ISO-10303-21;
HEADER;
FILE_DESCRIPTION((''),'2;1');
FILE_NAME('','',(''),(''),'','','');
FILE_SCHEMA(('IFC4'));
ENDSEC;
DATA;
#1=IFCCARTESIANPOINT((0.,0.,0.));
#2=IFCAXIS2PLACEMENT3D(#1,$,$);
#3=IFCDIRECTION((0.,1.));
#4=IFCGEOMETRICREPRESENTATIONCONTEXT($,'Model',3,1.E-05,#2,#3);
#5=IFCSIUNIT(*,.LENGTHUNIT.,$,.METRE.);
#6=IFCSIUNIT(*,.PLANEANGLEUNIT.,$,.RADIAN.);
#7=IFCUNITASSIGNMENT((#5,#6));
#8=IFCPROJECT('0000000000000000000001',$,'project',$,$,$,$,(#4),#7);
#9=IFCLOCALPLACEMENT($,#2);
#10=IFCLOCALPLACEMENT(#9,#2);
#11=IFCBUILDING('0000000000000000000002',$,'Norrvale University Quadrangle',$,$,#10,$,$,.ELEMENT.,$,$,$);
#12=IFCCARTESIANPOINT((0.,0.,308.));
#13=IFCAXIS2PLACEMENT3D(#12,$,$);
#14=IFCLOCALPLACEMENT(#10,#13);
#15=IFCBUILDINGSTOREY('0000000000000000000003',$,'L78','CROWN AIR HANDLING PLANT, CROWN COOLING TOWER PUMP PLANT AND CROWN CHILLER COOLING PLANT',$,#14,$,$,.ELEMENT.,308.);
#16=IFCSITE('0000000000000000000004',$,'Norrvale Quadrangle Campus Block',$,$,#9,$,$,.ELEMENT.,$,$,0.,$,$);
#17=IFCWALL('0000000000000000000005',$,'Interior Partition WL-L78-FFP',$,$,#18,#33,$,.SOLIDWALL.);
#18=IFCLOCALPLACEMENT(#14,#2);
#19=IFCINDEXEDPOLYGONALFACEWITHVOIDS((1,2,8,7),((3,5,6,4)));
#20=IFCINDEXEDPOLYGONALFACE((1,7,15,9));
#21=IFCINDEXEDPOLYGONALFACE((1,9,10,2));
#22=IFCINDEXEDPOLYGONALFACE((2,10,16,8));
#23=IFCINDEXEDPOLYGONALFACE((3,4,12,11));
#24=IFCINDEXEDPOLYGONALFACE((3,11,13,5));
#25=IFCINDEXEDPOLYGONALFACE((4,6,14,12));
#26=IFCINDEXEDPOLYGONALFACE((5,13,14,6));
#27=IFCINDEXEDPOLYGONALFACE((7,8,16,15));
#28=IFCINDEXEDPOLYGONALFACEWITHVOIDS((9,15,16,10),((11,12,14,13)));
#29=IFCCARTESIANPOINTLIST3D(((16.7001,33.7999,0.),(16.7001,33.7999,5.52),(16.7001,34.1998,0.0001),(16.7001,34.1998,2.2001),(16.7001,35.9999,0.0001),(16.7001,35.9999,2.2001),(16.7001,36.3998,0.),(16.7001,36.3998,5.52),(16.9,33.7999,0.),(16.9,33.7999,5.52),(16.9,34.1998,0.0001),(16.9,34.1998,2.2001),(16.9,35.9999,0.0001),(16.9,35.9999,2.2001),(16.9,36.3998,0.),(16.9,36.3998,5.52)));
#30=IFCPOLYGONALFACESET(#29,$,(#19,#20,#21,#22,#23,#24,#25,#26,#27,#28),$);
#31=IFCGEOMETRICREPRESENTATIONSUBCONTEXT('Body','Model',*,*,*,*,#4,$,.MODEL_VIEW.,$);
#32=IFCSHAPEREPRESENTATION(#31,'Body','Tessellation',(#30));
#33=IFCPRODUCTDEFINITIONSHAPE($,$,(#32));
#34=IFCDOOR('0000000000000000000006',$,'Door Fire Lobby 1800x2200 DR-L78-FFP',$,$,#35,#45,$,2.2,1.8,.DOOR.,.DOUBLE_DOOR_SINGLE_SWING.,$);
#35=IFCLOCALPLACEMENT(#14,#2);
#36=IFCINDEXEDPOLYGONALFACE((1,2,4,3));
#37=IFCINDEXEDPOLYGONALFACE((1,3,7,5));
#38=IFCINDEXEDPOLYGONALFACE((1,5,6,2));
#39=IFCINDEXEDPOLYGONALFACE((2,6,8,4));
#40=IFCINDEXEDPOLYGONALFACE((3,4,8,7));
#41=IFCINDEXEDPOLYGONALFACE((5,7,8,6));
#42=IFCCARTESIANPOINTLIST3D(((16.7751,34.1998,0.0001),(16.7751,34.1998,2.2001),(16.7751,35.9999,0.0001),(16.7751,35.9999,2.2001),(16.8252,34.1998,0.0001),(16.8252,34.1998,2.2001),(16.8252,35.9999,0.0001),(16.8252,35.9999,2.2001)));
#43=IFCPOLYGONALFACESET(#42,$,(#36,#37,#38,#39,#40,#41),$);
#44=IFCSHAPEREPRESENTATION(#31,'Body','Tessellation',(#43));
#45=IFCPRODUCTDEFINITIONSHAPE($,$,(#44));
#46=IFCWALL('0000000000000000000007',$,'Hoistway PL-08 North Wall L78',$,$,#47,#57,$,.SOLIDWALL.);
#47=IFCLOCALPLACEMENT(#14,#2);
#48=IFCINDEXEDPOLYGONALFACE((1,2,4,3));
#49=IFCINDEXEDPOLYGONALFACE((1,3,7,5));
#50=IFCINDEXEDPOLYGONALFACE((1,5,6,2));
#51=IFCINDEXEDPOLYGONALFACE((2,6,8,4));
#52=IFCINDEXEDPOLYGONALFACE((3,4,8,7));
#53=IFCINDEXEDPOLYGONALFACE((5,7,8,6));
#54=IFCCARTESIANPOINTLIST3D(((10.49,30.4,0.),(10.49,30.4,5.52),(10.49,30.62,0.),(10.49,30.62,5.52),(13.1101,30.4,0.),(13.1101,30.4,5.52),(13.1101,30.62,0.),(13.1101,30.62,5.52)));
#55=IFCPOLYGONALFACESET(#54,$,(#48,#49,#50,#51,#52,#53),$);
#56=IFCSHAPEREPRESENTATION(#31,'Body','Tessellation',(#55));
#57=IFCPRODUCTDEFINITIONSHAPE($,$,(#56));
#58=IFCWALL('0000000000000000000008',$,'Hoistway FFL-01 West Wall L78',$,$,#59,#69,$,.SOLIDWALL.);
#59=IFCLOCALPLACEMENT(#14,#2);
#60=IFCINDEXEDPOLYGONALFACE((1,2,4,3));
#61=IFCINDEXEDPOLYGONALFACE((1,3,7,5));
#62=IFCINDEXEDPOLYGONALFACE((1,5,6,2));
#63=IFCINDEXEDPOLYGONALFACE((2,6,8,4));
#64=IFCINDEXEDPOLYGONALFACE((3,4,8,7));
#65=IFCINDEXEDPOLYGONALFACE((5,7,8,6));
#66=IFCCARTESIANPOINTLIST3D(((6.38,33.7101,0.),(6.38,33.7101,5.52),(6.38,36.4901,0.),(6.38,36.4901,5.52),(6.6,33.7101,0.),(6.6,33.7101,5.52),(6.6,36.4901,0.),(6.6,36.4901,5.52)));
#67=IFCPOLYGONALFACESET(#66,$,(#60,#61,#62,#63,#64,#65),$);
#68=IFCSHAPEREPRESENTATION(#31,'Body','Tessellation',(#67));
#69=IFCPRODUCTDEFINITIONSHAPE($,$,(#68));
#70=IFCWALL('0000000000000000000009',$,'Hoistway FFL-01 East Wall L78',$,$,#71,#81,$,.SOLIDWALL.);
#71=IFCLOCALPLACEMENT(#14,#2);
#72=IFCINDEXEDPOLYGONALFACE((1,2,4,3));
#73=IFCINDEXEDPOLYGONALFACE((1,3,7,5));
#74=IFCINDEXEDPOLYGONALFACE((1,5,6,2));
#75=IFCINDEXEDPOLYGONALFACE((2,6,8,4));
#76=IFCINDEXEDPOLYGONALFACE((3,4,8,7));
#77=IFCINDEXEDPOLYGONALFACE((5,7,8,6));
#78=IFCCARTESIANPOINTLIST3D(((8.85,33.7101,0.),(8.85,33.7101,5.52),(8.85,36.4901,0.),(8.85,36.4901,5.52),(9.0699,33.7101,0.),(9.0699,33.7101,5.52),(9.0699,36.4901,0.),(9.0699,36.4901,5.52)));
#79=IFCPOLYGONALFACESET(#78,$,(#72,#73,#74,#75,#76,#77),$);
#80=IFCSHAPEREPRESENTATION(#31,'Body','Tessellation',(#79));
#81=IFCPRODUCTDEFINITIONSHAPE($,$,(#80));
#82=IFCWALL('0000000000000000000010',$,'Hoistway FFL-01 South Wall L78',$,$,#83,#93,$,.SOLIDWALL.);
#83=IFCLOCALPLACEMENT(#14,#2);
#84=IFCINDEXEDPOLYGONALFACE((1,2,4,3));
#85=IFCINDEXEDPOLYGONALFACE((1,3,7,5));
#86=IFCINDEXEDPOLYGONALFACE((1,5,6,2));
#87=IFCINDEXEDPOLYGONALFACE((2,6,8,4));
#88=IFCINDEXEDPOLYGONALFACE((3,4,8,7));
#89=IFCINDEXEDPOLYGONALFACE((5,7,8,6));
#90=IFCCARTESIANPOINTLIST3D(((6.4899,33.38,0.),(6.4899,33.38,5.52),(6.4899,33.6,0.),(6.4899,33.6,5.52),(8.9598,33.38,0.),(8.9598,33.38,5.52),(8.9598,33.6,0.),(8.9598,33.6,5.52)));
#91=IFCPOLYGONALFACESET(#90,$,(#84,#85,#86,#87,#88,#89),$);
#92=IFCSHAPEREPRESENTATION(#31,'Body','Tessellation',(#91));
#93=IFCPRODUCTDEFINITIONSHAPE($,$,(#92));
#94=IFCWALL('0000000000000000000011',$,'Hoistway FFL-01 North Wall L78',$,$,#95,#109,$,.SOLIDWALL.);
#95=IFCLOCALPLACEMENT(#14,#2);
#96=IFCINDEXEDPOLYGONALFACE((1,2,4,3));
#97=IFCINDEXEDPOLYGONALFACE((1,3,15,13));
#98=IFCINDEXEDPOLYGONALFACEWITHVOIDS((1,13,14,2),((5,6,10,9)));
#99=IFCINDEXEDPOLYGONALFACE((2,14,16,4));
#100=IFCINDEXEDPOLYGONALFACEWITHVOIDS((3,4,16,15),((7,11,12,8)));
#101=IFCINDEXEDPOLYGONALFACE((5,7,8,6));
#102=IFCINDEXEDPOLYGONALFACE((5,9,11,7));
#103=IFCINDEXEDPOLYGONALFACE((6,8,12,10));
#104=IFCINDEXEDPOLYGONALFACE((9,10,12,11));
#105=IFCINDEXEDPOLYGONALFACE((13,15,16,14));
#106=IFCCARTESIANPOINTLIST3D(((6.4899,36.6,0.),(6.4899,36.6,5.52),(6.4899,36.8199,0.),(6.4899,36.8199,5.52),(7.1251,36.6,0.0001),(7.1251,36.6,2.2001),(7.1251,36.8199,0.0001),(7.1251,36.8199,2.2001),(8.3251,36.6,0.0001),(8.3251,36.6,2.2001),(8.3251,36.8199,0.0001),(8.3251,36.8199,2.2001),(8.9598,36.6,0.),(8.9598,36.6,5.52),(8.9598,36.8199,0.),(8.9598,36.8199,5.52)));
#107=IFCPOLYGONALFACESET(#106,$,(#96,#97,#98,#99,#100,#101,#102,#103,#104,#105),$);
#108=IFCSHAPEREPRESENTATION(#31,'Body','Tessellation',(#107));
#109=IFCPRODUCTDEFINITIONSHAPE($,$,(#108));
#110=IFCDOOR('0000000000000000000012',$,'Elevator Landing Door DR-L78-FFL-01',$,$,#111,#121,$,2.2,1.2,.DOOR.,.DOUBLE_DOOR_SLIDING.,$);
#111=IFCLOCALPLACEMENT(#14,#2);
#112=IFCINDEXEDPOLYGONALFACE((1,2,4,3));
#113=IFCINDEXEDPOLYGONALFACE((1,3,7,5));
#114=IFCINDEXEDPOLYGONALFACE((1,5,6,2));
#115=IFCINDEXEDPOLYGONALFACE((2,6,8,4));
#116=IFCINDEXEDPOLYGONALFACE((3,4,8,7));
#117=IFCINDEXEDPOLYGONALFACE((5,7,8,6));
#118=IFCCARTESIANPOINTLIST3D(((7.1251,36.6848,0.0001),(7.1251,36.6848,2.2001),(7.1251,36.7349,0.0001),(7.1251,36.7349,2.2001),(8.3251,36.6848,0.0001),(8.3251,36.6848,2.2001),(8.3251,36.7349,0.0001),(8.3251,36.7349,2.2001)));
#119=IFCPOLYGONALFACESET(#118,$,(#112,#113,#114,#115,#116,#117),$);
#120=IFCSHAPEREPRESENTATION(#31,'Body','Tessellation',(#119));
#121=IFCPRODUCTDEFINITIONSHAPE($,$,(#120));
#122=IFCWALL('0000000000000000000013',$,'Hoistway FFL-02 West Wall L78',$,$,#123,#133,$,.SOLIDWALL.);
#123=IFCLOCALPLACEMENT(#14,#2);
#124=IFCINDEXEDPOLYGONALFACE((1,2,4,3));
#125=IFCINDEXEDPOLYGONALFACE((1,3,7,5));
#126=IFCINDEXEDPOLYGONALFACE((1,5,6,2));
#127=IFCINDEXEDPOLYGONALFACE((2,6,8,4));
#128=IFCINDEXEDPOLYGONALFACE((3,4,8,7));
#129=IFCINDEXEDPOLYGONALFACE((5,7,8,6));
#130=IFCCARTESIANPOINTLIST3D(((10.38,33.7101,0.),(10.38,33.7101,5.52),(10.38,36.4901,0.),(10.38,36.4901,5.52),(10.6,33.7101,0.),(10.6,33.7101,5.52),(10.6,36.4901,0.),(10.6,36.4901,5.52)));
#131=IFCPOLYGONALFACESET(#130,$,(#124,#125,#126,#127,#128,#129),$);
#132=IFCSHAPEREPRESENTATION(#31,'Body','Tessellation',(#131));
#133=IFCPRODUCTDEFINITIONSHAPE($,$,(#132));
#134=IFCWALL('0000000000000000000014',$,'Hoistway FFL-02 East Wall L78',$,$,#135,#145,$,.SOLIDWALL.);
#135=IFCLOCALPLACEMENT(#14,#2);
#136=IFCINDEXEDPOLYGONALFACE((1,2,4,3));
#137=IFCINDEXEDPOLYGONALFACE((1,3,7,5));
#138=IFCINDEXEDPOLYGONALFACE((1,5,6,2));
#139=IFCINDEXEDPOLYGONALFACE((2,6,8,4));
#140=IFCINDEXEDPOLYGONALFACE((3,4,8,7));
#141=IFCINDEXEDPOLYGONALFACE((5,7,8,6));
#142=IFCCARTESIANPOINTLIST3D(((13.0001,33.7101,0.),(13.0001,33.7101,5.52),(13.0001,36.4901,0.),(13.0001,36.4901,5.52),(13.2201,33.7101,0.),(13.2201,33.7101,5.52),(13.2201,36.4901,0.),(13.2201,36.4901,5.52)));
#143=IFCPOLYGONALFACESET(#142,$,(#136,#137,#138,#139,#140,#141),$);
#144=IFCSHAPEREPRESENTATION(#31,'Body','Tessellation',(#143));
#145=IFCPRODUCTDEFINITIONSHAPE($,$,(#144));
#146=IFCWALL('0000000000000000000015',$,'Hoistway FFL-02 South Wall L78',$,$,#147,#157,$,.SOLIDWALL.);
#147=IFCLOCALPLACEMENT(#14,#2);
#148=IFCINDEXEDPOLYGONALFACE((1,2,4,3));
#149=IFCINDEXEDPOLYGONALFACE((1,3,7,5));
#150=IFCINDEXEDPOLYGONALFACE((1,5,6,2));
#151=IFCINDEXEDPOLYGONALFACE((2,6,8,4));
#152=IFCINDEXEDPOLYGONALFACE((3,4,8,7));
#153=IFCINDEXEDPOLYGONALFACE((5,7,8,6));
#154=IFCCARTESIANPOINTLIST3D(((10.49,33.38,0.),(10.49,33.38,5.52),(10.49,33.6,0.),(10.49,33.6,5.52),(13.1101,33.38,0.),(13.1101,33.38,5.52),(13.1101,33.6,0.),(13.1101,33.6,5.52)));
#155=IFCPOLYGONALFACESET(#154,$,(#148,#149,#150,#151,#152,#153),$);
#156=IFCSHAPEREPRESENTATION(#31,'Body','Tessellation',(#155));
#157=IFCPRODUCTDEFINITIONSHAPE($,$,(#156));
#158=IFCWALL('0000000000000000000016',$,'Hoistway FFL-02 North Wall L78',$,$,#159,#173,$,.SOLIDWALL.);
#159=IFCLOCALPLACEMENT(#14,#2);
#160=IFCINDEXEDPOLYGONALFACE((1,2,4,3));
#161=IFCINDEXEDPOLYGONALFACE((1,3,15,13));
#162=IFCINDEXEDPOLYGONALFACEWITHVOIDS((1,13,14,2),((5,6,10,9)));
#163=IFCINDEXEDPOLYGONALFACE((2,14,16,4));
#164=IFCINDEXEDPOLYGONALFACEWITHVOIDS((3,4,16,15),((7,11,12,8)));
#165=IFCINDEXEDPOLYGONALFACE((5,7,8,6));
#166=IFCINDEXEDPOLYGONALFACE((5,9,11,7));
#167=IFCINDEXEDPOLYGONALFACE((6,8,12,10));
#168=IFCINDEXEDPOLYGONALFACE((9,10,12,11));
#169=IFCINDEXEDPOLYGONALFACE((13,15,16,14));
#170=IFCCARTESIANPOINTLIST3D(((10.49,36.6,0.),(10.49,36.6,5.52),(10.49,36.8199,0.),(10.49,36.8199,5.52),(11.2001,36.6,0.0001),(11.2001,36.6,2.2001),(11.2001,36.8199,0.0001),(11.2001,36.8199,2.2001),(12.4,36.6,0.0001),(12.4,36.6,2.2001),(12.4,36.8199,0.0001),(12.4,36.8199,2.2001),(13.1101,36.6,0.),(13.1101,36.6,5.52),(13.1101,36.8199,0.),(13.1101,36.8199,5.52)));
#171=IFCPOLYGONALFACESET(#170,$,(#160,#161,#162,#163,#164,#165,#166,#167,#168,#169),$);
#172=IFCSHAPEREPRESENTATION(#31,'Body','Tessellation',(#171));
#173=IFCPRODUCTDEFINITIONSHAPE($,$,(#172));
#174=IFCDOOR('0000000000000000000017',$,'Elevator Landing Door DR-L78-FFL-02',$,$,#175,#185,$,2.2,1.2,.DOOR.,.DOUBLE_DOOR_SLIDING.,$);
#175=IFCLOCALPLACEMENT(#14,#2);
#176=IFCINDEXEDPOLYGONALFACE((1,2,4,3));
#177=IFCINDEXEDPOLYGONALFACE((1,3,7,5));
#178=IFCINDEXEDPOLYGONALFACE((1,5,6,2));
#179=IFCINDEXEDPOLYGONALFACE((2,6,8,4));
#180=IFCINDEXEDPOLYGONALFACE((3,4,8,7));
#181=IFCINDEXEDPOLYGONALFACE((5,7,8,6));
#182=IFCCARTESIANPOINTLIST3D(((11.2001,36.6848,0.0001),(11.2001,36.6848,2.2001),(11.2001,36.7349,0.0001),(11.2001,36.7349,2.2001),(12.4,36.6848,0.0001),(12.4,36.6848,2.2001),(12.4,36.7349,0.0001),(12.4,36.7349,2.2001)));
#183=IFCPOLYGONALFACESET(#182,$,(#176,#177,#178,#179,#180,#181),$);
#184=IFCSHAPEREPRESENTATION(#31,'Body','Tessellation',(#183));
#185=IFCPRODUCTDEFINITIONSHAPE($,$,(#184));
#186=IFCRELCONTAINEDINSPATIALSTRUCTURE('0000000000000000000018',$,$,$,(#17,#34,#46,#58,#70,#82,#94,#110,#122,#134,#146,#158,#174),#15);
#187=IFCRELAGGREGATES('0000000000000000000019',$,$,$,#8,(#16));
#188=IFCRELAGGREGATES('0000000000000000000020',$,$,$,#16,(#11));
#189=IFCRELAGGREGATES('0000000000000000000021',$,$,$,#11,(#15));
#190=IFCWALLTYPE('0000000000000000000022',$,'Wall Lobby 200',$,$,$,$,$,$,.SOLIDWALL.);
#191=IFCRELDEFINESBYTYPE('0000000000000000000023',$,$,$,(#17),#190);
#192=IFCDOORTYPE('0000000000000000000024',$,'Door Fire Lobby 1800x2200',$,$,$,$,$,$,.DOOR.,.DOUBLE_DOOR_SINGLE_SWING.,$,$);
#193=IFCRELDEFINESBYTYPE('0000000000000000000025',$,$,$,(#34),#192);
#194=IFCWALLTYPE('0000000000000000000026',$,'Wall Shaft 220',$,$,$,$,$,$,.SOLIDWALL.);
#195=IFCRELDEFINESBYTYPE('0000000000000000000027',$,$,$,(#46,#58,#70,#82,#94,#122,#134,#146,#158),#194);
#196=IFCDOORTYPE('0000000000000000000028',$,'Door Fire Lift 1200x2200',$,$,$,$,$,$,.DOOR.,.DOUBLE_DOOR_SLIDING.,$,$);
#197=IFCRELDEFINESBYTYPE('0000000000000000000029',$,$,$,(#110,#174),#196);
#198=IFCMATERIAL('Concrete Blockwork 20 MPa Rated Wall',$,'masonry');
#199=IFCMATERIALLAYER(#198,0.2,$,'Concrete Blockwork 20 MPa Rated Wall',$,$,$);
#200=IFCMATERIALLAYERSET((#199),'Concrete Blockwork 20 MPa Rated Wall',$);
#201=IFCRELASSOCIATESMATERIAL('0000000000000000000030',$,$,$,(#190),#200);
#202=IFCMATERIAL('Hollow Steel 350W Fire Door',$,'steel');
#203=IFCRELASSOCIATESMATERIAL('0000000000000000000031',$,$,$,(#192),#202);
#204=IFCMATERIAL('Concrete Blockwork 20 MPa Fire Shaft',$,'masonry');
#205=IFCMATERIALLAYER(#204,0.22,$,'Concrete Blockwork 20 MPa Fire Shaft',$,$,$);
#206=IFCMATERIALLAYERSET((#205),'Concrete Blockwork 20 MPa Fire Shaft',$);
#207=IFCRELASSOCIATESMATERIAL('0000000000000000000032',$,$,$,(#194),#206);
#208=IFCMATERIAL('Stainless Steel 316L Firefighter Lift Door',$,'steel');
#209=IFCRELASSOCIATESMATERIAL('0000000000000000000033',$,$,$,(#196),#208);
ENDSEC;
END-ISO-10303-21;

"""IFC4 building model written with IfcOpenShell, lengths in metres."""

from ifc_helpers import new_model, si_unit, direction, frame, frame_2d, origin, place, context, subcontext, project, spatial, rectangle, extrude, material, layer, layer_set, type_object, element, fill, save


model = new_model("IFC4")

# Units and contexts
model_context = context("Model", 3, precision=1e-05, world=origin(), true_north=direction((0.0, 1.0)))
body_context = subcontext(model_context, "Body", "Model", "MODEL_VIEW")
ifc_project = project(units=[si_unit("LENGTHUNIT", "METRE"), si_unit("PLANEANGLEUNIT", "RADIAN")], contexts=[model_context])

# Site, building, storey
site_placement = place(None, origin())
site = spatial("IfcSite", under=ifc_project, at=site_placement, Name="Norrvale Quadrangle Campus Block", CompositionType="ELEMENT", RefElevation=0.0)
building_placement = place(site_placement, origin())
building = spatial("IfcBuilding", under=site, at=building_placement, Name="Norrvale University Quadrangle", CompositionType="ELEMENT")
storey_placement = place(building_placement, frame((0.0, 0.0, 308.0)))
storey = spatial("IfcBuildingStorey", under=building, at=storey_placement, Name="L78", Description="CROWN AIR HANDLING PLANT, CROWN COOLING TOWER PUMP PLANT AND CROWN CHILLER COOLING PLANT", CompositionType="ELEMENT", Elevation=308.0)

# Shared definitions
ifc_material_1 = material(Name="Concrete Blockwork 20 MPa Rated Wall", Category="masonry")
ifc_layer_1 = layer(ifc_material_1, 0.2, Name="Concrete Blockwork 20 MPa Rated Wall")
ifc_layer_set_1 = layer_set([ifc_layer_1], Name="Concrete Blockwork 20 MPa Rated Wall")
wall_type_1 = type_object("IfcWallType", Name="Wall Lobby 200", PredefinedType="SOLIDWALL", material=ifc_layer_set_1)

# Wall, opening, door
wall_1_placement = place(storey_placement, frame((16.8, 33.8, 0.0), z_axis=(0.0, 0.0, 1.0), x_axis=(0.0, 1.0, 0.0)))
wall_1 = element("IfcWall", 1, at=wall_1_placement, inside=storey, type_object=wall_type_1, Name="Interior Partition WL-L78-FFP", PredefinedType="SOLIDWALL", context=body_context, shape_type="SweptSolid", body=[
    extrude(rectangle(XDim=2.5999, YDim=0.2, at=frame_2d((1.2998, 0.0))), origin(), (0.0, 0.0, 1.0), 5.52),
])
opening_1_placement = place(wall_1_placement, frame((0.3999, 0.0, 0.0)))
opening_1 = element("IfcOpeningElement", 2, at=opening_1_placement, cuts=wall_1, PredefinedType="OPENING", context=body_context, shape_type="SweptSolid", body=[
    extrude(rectangle(XDim=1.8, YDim=2.2, at=frame_2d((0.8999, 1.1001))), frame((0.0, 0.1121, 0.0), z_axis=(0.0, -1.0, 0.0), x_axis=(1.0, 0.0, 0.0)), (0.0, 0.0, 1.0), 0.2239),
])
ifc_material_2 = material(Name="Hollow Steel 350W Fire Door", Category="steel")
door_type_1 = type_object("IfcDoorType", Name="Door Fire Lobby 1800x2200", OperationType="DOUBLE_DOOR_SINGLE_SWING", PredefinedType="DOOR", material=ifc_material_2)
door_1_placement = place(opening_1_placement, origin())
door_1 = element("IfcDoor", 3, at=door_1_placement, inside=storey, type_object=door_type_1, Name="Door Fire Lobby 1800x2200 DR-L78-FFP", OperationType="DOUBLE_DOOR_SINGLE_SWING", OverallHeight=2.2, OverallWidth=1.8, PredefinedType="DOOR", context=body_context, shape_type="SweptSolid", body=[
    extrude(rectangle(XDim=1.8, YDim=2.2, at=frame_2d((0.8999, 1.1001))), frame((0.0, 0.0249, 0.0), z_axis=(0.0, -1.0, 0.0), x_axis=(1.0, 0.0, 0.0)), (0.0, 0.0, 1.0), 0.05),
])
fill(opening_1, door_1)

# Walls
ifc_material_3 = material(Name="Concrete Blockwork 20 MPa Fire Shaft", Category="masonry")
ifc_layer_2 = layer(ifc_material_3, 0.22, Name="Concrete Blockwork 20 MPa Fire Shaft")
ifc_layer_set_2 = layer_set([ifc_layer_2], Name="Concrete Blockwork 20 MPa Fire Shaft")
wall_type_2 = type_object("IfcWallType", Name="Wall Shaft 220", PredefinedType="SOLIDWALL", material=ifc_layer_set_2)
wall_2_placement = place(storey_placement, frame((10.49, 30.51, 0.0), z_axis=(0.0, 0.0, 1.0), x_axis=(1.0, 0.0, 0.0)))
element("IfcWall", 4, at=wall_2_placement, inside=storey, type_object=wall_type_2, Name="Hoistway PL-08 North Wall L78", PredefinedType="SOLIDWALL", context=body_context, shape_type="SweptSolid", body=[
    extrude(rectangle(XDim=2.6201, YDim=0.22, at=frame_2d((1.3101, 0.0))), origin(), (0.0, 0.0, 1.0), 5.52),
])
for number, where, z_axis, x_axis, name in (
    (5, (6.49, 33.71, 0.0), (0.0, 0.0, 1.0), (0.0, 1.0, 0.0), "Hoistway FFL-01 West Wall L78"),
    (6, (8.96, 33.71, 0.0), (0.0, 0.0, 1.0), (0.0, 1.0, 0.0), "Hoistway FFL-01 East Wall L78"),
):
    element("IfcWall", number, at=place(storey_placement, frame(where, z_axis=z_axis, x_axis=x_axis)), inside=storey, type_object=wall_type_2, Name=name, PredefinedType="SOLIDWALL", context=body_context, shape_type="SweptSolid", body=[
        extrude(rectangle(XDim=2.78, YDim=0.22, at=frame_2d((1.3901, 0.0))), origin(), (0.0, 0.0, 1.0), 5.52),
    ])
wall_3_placement = place(storey_placement, frame((6.49, 33.49, 0.0), z_axis=(0.0, 0.0, 1.0), x_axis=(1.0, 0.0, 0.0)))
element("IfcWall", 7, at=wall_3_placement, inside=storey, type_object=wall_type_2, Name="Hoistway FFL-01 South Wall L78", PredefinedType="SOLIDWALL", context=body_context, shape_type="SweptSolid", body=[
    extrude(rectangle(XDim=2.47, YDim=0.22, at=frame_2d((1.2349, 0.0))), origin(), (0.0, 0.0, 1.0), 5.52),
])

# Wall, opening, door
wall_4_placement = place(storey_placement, frame((6.49, 36.71, 0.0), z_axis=(0.0, 0.0, 1.0), x_axis=(1.0, 0.0, 0.0)))
wall_4 = element("IfcWall", 8, at=wall_4_placement, inside=storey, type_object=wall_type_2, Name="Hoistway FFL-01 North Wall L78", PredefinedType="SOLIDWALL", context=body_context, shape_type="SweptSolid", body=[
    extrude(rectangle(XDim=2.47, YDim=0.22, at=frame_2d((1.2349, 0.0))), origin(), (0.0, 0.0, 1.0), 5.52),
])
opening_2_placement = place(wall_4_placement, frame((0.635, 0.0, 0.0)))
opening_2 = element("IfcOpeningElement", 9, at=opening_2_placement, cuts=wall_4, PredefinedType="OPENING", context=body_context, shape_type="SweptSolid", body=[
    extrude(rectangle(XDim=1.2, YDim=2.2, at=frame_2d((0.6001, 1.1001))), frame((0.0, 0.1221, 0.0), z_axis=(0.0, -1.0, 0.0), x_axis=(1.0, 0.0, 0.0)), (0.0, 0.0, 1.0), 0.2439),
])
ifc_material_4 = material(Name="Stainless Steel 316L Firefighter Lift Door", Category="steel")
door_type_2 = type_object("IfcDoorType", Name="Door Fire Lift 1200x2200", OperationType="DOUBLE_DOOR_SLIDING", PredefinedType="DOOR", material=ifc_material_4)
door_2_placement = place(opening_2_placement, origin())
door_2 = element("IfcDoor", 10, at=door_2_placement, inside=storey, type_object=door_type_2, Name="Elevator Landing Door DR-L78-FFL-01", OperationType="DOUBLE_DOOR_SLIDING", OverallHeight=2.2, OverallWidth=1.2, PredefinedType="DOOR", context=body_context, shape_type="SweptSolid", body=[
    extrude(rectangle(XDim=1.2, YDim=2.2, at=frame_2d((0.6001, 1.1001))), frame((0.0, 0.0249, 0.0), z_axis=(0.0, -1.0, 0.0), x_axis=(1.0, 0.0, 0.0)), (0.0, 0.0, 1.0), 0.05),
])
fill(opening_2, door_2)

# Walls
for number, where, z_axis, x_axis, name in (
    (11, (10.49, 33.71, 0.0), (0.0, 0.0, 1.0), (0.0, 1.0, 0.0), "Hoistway FFL-02 West Wall L78"),
    (12, (13.1101, 33.71, 0.0), (0.0, 0.0, 1.0), (0.0, 1.0, 0.0), "Hoistway FFL-02 East Wall L78"),
):
    element("IfcWall", number, at=place(storey_placement, frame(where, z_axis=z_axis, x_axis=x_axis)), inside=storey, type_object=wall_type_2, Name=name, PredefinedType="SOLIDWALL", context=body_context, shape_type="SweptSolid", body=[
        extrude(rectangle(XDim=2.78, YDim=0.22, at=frame_2d((1.3901, 0.0))), origin(), (0.0, 0.0, 1.0), 5.52),
    ])
wall_5_placement = place(storey_placement, frame((10.49, 33.49, 0.0), z_axis=(0.0, 0.0, 1.0), x_axis=(1.0, 0.0, 0.0)))
element("IfcWall", 13, at=wall_5_placement, inside=storey, type_object=wall_type_2, Name="Hoistway FFL-02 South Wall L78", PredefinedType="SOLIDWALL", context=body_context, shape_type="SweptSolid", body=[
    extrude(rectangle(XDim=2.6201, YDim=0.22, at=frame_2d((1.3101, 0.0))), origin(), (0.0, 0.0, 1.0), 5.52),
])

# Wall, opening, door
wall_6_placement = place(storey_placement, frame((10.49, 36.71, 0.0), z_axis=(0.0, 0.0, 1.0), x_axis=(1.0, 0.0, 0.0)))
wall_6 = element("IfcWall", 14, at=wall_6_placement, inside=storey, type_object=wall_type_2, Name="Hoistway FFL-02 North Wall L78", PredefinedType="SOLIDWALL", context=body_context, shape_type="SweptSolid", body=[
    extrude(rectangle(XDim=2.6201, YDim=0.22, at=frame_2d((1.3101, 0.0))), origin(), (0.0, 0.0, 1.0), 5.52),
])
opening_3_placement = place(wall_6_placement, frame((0.71, 0.0, 0.0)))
opening_3 = element("IfcOpeningElement", 15, at=opening_3_placement, cuts=wall_6, PredefinedType="OPENING", context=body_context, shape_type="SweptSolid", body=[
    extrude(rectangle(XDim=1.2, YDim=2.2, at=frame_2d((0.6001, 1.1001))), frame((0.0, 0.1221, 0.0), z_axis=(0.0, -1.0, 0.0), x_axis=(1.0, 0.0, 0.0)), (0.0, 0.0, 1.0), 0.2439),
])
door_3_placement = place(opening_3_placement, origin())
door_3 = element("IfcDoor", 16, at=door_3_placement, inside=storey, type_object=door_type_2, Name="Elevator Landing Door DR-L78-FFL-02", OperationType="DOUBLE_DOOR_SLIDING", OverallHeight=2.2, OverallWidth=1.2, PredefinedType="DOOR", context=body_context, shape_type="SweptSolid", body=[
    extrude(rectangle(XDim=1.2, YDim=2.2, at=frame_2d((0.6001, 1.1001))), frame((0.0, 0.0249, 0.0), z_axis=(0.0, -1.0, 0.0), x_axis=(1.0, 0.0, 0.0)), (0.0, 0.0, 1.0), 0.05),
])
fill(opening_3, door_3)

save(model, "model.ifc")
